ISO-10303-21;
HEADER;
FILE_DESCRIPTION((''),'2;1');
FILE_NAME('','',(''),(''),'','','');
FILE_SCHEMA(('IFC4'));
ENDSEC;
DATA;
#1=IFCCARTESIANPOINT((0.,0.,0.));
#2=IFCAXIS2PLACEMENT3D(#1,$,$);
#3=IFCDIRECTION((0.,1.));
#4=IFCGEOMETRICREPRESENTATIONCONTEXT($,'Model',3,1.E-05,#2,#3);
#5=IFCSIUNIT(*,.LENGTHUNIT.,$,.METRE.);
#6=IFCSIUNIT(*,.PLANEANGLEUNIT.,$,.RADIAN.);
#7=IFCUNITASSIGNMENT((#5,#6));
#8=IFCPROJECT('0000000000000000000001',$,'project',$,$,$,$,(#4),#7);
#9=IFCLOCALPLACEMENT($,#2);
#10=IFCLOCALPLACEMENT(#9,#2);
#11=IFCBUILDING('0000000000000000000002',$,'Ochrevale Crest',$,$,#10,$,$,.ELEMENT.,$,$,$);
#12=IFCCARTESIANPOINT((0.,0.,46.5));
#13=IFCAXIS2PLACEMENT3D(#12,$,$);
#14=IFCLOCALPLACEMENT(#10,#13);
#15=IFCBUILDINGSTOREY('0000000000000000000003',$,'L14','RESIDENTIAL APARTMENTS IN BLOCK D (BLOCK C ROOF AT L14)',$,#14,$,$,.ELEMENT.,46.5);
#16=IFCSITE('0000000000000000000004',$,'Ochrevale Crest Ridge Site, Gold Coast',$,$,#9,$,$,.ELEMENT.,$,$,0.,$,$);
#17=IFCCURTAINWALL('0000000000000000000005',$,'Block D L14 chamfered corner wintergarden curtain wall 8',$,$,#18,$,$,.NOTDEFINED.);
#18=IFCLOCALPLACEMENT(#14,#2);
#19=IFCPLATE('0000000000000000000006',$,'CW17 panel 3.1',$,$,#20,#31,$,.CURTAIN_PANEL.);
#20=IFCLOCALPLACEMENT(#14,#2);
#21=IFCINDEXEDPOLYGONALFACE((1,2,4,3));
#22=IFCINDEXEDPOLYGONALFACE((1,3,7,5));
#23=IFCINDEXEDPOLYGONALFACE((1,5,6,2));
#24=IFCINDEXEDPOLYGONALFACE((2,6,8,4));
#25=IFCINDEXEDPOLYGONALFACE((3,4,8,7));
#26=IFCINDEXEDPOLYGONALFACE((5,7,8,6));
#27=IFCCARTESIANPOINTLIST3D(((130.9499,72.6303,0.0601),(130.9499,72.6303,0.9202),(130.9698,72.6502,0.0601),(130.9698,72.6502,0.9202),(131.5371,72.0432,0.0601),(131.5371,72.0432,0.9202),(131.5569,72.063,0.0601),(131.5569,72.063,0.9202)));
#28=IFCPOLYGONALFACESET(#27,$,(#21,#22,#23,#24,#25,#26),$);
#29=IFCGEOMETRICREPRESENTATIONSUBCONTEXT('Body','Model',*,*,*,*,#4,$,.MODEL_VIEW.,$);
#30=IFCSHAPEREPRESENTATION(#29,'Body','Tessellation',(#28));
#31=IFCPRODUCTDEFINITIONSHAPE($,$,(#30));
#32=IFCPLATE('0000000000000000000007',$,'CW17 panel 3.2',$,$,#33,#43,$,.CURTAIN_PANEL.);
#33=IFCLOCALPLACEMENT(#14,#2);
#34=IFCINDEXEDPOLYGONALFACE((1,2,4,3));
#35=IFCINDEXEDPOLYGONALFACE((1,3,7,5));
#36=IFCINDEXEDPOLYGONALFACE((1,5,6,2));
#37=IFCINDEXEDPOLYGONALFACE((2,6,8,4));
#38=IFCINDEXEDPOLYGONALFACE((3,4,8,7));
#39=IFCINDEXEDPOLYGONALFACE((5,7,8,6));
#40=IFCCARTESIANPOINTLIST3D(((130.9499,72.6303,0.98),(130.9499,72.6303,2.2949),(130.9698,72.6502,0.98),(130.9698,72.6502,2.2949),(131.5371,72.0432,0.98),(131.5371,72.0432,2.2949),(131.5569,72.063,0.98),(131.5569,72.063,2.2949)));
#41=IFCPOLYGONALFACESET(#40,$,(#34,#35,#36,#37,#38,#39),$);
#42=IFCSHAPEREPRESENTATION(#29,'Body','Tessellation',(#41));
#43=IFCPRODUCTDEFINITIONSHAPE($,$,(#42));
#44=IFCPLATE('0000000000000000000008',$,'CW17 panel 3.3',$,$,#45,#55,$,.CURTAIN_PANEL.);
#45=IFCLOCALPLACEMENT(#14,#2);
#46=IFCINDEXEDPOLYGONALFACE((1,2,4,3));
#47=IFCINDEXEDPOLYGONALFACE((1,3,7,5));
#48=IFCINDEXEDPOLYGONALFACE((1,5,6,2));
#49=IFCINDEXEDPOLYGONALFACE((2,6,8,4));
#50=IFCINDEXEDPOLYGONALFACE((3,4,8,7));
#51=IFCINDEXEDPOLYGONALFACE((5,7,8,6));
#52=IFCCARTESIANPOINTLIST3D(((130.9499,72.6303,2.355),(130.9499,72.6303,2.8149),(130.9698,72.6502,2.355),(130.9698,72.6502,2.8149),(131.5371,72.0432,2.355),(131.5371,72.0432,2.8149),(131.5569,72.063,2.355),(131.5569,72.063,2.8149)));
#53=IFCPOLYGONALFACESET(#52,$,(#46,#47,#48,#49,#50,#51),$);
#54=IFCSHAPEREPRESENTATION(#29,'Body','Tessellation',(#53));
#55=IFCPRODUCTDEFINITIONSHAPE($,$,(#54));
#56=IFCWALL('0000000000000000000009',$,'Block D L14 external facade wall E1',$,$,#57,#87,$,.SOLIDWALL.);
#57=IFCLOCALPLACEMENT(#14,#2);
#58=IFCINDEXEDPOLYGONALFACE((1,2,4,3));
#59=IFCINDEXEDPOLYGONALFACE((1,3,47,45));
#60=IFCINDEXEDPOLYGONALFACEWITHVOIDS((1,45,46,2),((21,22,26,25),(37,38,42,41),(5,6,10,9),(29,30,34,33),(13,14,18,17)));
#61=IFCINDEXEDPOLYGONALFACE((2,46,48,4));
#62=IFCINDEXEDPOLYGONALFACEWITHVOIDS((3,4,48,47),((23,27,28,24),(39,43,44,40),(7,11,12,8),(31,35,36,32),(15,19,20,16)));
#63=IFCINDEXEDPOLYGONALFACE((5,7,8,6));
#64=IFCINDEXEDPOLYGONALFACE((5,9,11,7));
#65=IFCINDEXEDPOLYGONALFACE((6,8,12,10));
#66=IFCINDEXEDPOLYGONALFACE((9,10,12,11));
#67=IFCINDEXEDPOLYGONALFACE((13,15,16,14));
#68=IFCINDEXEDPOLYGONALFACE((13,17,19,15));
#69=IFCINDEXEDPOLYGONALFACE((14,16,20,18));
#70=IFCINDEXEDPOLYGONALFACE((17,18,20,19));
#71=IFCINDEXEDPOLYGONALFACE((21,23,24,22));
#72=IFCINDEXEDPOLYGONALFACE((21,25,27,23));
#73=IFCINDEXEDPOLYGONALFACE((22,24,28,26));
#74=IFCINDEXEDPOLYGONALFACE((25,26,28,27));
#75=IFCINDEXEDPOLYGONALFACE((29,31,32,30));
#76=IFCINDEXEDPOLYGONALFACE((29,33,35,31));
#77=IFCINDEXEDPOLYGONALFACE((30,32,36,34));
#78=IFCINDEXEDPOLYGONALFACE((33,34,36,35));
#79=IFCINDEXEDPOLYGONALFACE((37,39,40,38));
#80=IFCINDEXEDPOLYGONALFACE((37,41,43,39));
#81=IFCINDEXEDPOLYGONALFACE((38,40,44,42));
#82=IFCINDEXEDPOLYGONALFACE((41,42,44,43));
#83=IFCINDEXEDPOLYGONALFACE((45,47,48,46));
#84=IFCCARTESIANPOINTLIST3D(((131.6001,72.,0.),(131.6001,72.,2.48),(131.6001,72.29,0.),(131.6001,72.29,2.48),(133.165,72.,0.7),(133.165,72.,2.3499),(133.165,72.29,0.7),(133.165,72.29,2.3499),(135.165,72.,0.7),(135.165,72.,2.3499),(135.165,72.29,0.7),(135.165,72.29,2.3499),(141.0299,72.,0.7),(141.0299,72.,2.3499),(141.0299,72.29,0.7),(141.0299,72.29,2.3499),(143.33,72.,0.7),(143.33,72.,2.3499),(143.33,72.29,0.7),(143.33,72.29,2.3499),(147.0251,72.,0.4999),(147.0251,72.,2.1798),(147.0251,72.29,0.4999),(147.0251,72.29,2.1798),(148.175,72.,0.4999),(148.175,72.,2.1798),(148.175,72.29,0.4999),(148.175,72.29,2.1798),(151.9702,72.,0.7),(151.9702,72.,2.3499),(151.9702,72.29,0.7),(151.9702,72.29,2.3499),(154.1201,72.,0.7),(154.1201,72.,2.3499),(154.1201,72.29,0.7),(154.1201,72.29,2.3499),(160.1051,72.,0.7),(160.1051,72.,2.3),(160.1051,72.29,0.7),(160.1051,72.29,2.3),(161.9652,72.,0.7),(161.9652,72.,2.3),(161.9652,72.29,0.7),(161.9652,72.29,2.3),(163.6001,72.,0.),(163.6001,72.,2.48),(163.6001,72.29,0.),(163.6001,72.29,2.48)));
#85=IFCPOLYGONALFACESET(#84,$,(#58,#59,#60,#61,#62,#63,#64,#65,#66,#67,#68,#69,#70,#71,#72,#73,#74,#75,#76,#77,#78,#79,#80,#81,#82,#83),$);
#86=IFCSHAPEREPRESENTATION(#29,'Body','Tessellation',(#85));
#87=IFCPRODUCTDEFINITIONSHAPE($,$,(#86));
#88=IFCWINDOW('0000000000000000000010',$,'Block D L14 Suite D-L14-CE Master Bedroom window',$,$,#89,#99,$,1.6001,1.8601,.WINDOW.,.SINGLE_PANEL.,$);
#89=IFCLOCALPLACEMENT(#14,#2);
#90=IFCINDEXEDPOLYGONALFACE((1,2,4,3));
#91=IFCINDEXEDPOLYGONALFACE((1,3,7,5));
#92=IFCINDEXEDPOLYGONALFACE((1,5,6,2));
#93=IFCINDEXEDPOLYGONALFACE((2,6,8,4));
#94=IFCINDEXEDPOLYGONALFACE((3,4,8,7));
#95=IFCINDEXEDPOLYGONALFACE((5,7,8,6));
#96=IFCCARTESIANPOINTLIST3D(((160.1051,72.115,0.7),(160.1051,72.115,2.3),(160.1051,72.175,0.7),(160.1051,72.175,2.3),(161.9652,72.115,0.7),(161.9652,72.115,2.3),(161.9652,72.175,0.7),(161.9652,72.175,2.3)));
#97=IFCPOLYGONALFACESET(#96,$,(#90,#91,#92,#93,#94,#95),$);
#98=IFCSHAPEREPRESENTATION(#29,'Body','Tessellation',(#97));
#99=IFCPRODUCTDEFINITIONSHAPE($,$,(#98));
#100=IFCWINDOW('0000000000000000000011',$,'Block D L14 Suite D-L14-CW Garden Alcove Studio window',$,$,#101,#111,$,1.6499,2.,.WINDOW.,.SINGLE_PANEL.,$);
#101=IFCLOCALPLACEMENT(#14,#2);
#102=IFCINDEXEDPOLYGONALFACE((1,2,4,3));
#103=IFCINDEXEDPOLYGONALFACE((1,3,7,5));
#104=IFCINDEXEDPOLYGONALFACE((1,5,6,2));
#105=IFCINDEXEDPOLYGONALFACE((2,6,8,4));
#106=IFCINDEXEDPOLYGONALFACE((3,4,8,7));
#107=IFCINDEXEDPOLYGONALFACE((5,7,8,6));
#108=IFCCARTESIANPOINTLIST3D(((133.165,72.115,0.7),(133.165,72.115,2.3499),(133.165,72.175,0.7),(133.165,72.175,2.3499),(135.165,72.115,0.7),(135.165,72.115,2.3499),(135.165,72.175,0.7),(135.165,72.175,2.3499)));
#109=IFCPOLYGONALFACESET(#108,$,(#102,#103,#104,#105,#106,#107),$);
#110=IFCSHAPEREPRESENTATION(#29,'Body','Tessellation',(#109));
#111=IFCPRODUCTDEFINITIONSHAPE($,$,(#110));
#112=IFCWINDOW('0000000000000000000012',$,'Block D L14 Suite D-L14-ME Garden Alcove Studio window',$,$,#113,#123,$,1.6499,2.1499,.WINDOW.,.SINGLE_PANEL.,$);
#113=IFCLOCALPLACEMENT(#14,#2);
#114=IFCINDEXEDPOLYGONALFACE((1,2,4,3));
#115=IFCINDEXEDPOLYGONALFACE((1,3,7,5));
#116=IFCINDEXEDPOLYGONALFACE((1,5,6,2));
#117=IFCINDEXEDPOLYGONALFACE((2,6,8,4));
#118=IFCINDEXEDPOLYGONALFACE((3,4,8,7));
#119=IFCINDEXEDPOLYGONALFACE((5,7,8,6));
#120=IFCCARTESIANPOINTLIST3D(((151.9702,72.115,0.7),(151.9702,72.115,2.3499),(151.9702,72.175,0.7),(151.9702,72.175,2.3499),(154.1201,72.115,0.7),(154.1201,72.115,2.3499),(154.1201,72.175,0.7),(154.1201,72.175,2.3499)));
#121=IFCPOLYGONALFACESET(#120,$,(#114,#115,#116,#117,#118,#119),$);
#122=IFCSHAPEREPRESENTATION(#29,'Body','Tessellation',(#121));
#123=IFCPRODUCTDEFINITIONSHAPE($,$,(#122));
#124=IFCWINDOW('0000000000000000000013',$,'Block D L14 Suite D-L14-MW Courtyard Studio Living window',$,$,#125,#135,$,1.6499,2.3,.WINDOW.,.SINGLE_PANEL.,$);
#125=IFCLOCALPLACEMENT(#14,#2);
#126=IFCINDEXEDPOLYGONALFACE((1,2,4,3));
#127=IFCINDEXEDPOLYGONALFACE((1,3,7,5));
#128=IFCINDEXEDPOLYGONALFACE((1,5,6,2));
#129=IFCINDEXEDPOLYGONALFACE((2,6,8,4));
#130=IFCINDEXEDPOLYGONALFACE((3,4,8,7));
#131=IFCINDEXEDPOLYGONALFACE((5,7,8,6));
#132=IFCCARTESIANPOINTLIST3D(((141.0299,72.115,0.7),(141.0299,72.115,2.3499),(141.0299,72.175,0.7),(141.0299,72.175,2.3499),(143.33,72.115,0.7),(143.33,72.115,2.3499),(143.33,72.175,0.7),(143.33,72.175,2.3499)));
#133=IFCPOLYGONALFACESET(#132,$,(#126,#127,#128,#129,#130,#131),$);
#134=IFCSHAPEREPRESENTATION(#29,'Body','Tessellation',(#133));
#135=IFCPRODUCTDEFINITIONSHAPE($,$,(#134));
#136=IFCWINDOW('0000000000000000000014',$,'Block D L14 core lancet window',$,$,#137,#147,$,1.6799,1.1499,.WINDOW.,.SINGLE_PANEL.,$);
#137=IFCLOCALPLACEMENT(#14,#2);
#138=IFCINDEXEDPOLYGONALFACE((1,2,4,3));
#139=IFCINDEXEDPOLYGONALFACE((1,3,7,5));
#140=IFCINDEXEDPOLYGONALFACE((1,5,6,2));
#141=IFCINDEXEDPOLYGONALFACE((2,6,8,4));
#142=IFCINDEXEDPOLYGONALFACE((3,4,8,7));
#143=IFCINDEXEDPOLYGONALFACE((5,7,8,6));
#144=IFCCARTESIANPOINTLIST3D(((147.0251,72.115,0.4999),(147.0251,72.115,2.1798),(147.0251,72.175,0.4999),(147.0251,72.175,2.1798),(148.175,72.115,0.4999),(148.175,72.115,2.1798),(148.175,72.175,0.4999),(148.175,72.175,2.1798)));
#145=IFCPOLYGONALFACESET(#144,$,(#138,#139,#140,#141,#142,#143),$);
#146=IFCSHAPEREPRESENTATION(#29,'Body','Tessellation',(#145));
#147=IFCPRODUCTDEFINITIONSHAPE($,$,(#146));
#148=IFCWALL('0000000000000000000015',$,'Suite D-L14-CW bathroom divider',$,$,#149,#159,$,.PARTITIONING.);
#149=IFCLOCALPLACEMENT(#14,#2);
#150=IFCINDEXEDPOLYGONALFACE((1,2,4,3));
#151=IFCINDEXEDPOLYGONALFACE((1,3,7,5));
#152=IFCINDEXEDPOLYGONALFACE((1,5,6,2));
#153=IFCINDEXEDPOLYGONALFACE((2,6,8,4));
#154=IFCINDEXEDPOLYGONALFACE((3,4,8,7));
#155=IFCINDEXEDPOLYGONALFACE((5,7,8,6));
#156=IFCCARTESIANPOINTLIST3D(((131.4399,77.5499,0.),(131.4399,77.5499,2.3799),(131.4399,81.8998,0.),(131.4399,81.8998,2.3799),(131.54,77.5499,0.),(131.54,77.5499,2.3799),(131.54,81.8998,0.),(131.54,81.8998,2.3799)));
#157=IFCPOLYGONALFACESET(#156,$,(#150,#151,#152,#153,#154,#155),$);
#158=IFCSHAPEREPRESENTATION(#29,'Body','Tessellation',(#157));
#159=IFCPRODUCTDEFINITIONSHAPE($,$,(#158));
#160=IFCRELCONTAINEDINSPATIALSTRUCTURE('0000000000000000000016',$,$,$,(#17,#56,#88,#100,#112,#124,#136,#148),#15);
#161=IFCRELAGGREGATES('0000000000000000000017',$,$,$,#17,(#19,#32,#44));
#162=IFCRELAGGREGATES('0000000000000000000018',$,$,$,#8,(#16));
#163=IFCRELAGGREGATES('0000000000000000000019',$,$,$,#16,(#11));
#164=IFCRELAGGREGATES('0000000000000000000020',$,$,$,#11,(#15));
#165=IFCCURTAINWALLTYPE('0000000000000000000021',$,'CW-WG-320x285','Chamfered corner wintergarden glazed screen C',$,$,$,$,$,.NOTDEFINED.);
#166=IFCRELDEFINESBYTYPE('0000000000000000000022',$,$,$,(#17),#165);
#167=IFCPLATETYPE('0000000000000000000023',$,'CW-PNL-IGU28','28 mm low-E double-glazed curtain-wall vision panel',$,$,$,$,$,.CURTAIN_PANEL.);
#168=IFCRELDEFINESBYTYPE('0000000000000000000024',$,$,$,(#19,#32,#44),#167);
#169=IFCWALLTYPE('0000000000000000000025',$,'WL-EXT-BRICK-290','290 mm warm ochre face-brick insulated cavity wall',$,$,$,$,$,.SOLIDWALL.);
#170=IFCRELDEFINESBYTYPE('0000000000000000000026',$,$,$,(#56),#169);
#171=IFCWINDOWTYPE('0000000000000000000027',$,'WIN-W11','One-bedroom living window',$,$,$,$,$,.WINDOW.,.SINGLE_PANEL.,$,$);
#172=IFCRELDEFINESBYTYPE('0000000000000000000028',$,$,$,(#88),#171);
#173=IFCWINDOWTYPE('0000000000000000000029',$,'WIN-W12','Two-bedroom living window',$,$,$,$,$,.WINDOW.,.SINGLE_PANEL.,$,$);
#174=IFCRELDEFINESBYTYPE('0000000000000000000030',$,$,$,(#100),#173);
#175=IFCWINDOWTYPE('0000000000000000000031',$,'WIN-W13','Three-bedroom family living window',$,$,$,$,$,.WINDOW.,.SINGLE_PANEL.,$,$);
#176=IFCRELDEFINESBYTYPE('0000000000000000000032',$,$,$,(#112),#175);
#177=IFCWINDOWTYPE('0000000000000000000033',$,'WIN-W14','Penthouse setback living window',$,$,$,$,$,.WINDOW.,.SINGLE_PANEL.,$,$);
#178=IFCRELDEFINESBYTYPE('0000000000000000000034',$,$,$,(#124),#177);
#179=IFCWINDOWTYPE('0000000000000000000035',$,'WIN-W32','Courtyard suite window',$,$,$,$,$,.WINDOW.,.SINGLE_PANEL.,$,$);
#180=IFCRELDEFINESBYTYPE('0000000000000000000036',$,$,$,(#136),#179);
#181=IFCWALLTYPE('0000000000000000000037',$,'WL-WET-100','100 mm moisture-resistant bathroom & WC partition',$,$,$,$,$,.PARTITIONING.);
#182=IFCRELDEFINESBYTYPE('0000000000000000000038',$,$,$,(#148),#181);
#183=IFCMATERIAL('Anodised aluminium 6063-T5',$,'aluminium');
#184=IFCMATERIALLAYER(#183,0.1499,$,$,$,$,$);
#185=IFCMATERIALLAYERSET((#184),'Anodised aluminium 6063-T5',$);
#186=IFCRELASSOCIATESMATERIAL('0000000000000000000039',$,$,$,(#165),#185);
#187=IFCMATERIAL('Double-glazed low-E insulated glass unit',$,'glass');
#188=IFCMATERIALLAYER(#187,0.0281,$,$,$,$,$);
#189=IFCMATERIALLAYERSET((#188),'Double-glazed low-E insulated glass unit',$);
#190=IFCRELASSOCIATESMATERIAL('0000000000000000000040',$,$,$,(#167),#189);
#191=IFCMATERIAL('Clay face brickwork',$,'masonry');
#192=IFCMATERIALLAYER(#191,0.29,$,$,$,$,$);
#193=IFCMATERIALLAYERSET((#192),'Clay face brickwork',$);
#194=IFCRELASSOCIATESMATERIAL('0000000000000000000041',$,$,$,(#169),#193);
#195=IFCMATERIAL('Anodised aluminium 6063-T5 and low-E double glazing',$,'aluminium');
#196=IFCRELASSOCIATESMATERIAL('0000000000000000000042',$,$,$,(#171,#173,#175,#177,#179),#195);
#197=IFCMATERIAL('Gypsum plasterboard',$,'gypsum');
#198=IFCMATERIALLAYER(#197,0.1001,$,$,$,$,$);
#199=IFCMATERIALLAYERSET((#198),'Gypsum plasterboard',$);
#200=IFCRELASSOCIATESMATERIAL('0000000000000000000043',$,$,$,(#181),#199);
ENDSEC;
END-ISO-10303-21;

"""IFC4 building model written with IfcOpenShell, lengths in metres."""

from ifc_helpers import new_model, si_unit, direction, frame, frame_2d, origin, origin_2d, place, context, subcontext, project, spatial, rectangle, extrude, material, layer, layer_set, type_object, element, fill, aggregate, save


model = new_model("IFC4")

# Units and contexts
model_context = context("Model", 3, precision=1e-05, world=origin(), true_north=direction((0.0, 1.0)))
body_context = subcontext(model_context, "Body", "Model", "MODEL_VIEW")
ifc_project = project(units=[si_unit("LENGTHUNIT", "METRE"), si_unit("PLANEANGLEUNIT", "RADIAN")], contexts=[model_context])

# Site, building, storey
site_placement = place(None, origin())
site = spatial("IfcSite", under=ifc_project, at=site_placement, Name="Ochrevale Crest Ridge Site, Gold Coast", CompositionType="ELEMENT", RefElevation=0.0)
building_placement = place(site_placement, origin())
building = spatial("IfcBuilding", under=site, at=building_placement, Name="Ochrevale Crest", CompositionType="ELEMENT")
storey_placement = place(building_placement, frame((0.0, 0.0, 46.5)))
storey = spatial("IfcBuildingStorey", under=building, at=storey_placement, Name="L14", Description="RESIDENTIAL APARTMENTS IN BLOCK D (BLOCK C ROOF AT L14)", CompositionType="ELEMENT", Elevation=46.5)

# Curtain wall, plates
ifc_material_1 = material(Name="Anodised aluminium 6063-T5", Category="aluminium")
ifc_layer_1 = layer(ifc_material_1, 0.1499)
ifc_layer_set_1 = layer_set([ifc_layer_1], Name="Anodised aluminium 6063-T5")
curtain_wall_type = type_object("IfcCurtainWallType", Name="CW-WG-320x285", Description="Chamfered corner wintergarden glazed screen C", PredefinedType="NOTDEFINED", material=ifc_layer_set_1)
curtain_wall_placement = place(storey_placement, origin())
curtain_wall = element("IfcCurtainWall", 1, at=curtain_wall_placement, inside=storey, type_object=curtain_wall_type, Name="Block D L14 chamfered corner wintergarden curtain wall 8", PredefinedType="NOTDEFINED")
ifc_material_2 = material(Name="Double-glazed low-E insulated glass unit", Category="glass")
ifc_layer_2 = layer(ifc_material_2, 0.0281)
ifc_layer_set_2 = layer_set([ifc_layer_2], Name="Double-glazed low-E insulated glass unit")
plate_type = type_object("IfcPlateType", Name="CW-PNL-IGU28", Description="28 mm low-E double-glazed curtain-wall vision panel", PredefinedType="CURTAIN_PANEL", material=ifc_layer_set_2)
plate_1_placement = place(storey_placement, frame((131.2534, 72.3467, 0.0601), z_axis=(0.0, 0.0, 1.0), x_axis=(0.707107, -0.707107, 0.0)))
plate_1 = element("IfcPlate", 2, at=plate_1_placement, type_object=plate_type, Name="CW17 panel 3.1", PredefinedType="CURTAIN_PANEL", context=body_context, shape_type="SweptSolid", body=[
    extrude(rectangle(XDim=0.8303, YDim=0.0281, at=origin_2d()), origin(), (0.0, 0.0, 1.0), 0.8601),
])
plate_2_placement = place(storey_placement, frame((131.2534, 72.3467, 0.98), z_axis=(0.0, 0.0, 1.0), x_axis=(0.707107, -0.707107, 0.0)))
plate_2 = element("IfcPlate", 3, at=plate_2_placement, type_object=plate_type, Name="CW17 panel 3.2", PredefinedType="CURTAIN_PANEL", context=body_context, shape_type="SweptSolid", body=[
    extrude(rectangle(XDim=0.8303, YDim=0.0281, at=origin_2d()), origin(), (0.0, 0.0, 1.0), 1.3149),
])
plate_3_placement = place(storey_placement, frame((131.2534, 72.3467, 2.355), z_axis=(0.0, 0.0, 1.0), x_axis=(0.707107, -0.707107, 0.0)))
plate_3 = element("IfcPlate", 4, at=plate_3_placement, type_object=plate_type, Name="CW17 panel 3.3", PredefinedType="CURTAIN_PANEL", context=body_context, shape_type="SweptSolid", body=[
    extrude(rectangle(XDim=0.8303, YDim=0.0281, at=origin_2d()), origin(), (0.0, 0.0, 1.0), 0.46),
])
aggregate(curtain_wall, [plate_1, plate_2, plate_3])

# Wall, openings, windows
ifc_material_3 = material(Name="Clay face brickwork", Category="masonry")
ifc_layer_3 = layer(ifc_material_3, 0.29)
ifc_layer_set_3 = layer_set([ifc_layer_3], Name="Clay face brickwork")
wall_type_1 = type_object("IfcWallType", Name="WL-EXT-BRICK-290", Description="290 mm warm ochre face-brick insulated cavity wall", PredefinedType="SOLIDWALL", material=ifc_layer_set_3)
wall_1_placement = place(storey_placement, frame((131.6001, 72.145, 0.0), z_axis=(0.0, 0.0, 1.0), x_axis=(1.0, 0.0, 0.0)))
wall_1 = element("IfcWall", 5, at=wall_1_placement, inside=storey, type_object=wall_type_1, Name="Block D L14 external facade wall E1", PredefinedType="SOLIDWALL", context=body_context, shape_type="SweptSolid", body=[
    extrude(rectangle(XDim=32.0, YDim=0.29, at=frame_2d((16.0, 0.0))), origin(), (0.0, 0.0, 1.0), 2.48),
])
opening_1_placement = place(wall_1_placement, frame((15.425, 0.0, 0.5)))
opening_1 = element("IfcOpeningElement", 6, at=opening_1_placement, cuts=wall_1, PredefinedType="OPENING", context=body_context, shape_type="SweptSolid", body=[
    extrude(rectangle(XDim=1.1499, YDim=1.6799, at=frame_2d((0.575, 0.8398))), frame((0.0, 0.155, 0.0), z_axis=(0.0, -1.0, 0.0), x_axis=(1.0, 0.0, 0.0)), (0.0, 0.0, 1.0), 0.3101),
])
opening_2_placement = place(wall_1_placement, frame((28.5049, 0.0, 0.7)))
opening_2 = element("IfcOpeningElement", 7, at=opening_2_placement, cuts=wall_1, PredefinedType="OPENING", context=body_context, shape_type="SweptSolid", body=[
    extrude(rectangle(XDim=1.8601, YDim=1.6001, at=frame_2d((0.9302, 0.8))), frame((0.0, 0.155, 0.0), z_axis=(0.0, -1.0, 0.0), x_axis=(1.0, 0.0, 0.0)), (0.0, 0.0, 1.0), 0.3101),
])
opening_3_placement = place(wall_1_placement, frame((1.5649, 0.0, 0.7)))
opening_3 = element("IfcOpeningElement", 8, at=opening_3_placement, cuts=wall_1, PredefinedType="OPENING", context=body_context, shape_type="SweptSolid", body=[
    extrude(rectangle(XDim=2.0, YDim=1.6499, at=frame_2d((1.0, 0.825))), frame((0.0, 0.155, 0.0), z_axis=(0.0, -1.0, 0.0), x_axis=(1.0, 0.0, 0.0)), (0.0, 0.0, 1.0), 0.3101),
])
opening_4_placement = place(wall_1_placement, frame((20.3701, 0.0, 0.7)))
opening_4 = element("IfcOpeningElement", 9, at=opening_4_placement, cuts=wall_1, PredefinedType="OPENING", context=body_context, shape_type="SweptSolid", body=[
    extrude(rectangle(XDim=2.1499, YDim=1.6499, at=frame_2d((1.075, 0.825))), frame((0.0, 0.155, 0.0), z_axis=(0.0, -1.0, 0.0), x_axis=(1.0, 0.0, 0.0)), (0.0, 0.0, 1.0), 0.3101),
])
opening_5_placement = place(wall_1_placement, frame((9.4299, 0.0, 0.7)))
opening_5 = element("IfcOpeningElement", 10, at=opening_5_placement, cuts=wall_1, PredefinedType="OPENING", context=body_context, shape_type="SweptSolid", body=[
    extrude(rectangle(XDim=2.3, YDim=1.6499, at=frame_2d((1.1499, 0.825))), frame((0.0, 0.155, 0.0), z_axis=(0.0, -1.0, 0.0), x_axis=(1.0, 0.0, 0.0)), (0.0, 0.0, 1.0), 0.3101),
])
ifc_material_4 = material(Name="Anodised aluminium 6063-T5 and low-E double glazing", Category="aluminium")
window_type_1 = type_object("IfcWindowType", Name="WIN-W11", Description="One-bedroom living window", PartitioningType="SINGLE_PANEL", PredefinedType="WINDOW", material=ifc_material_4)
window_1_placement = place(opening_2_placement, origin())
window_1 = element("IfcWindow", 11, at=window_1_placement, inside=storey, type_object=window_type_1, Name="Block D L14 Suite D-L14-CE Master Bedroom window", OverallHeight=1.6001, OverallWidth=1.8601, PartitioningType="SINGLE_PANEL", PredefinedType="WINDOW", context=body_context, shape_type="SweptSolid", body=[
    extrude(rectangle(XDim=1.8601, YDim=1.6001, at=frame_2d((0.9302, 0.8))), frame((0.0, 0.03, 0.0), z_axis=(0.0, -1.0, 0.0), x_axis=(1.0, 0.0, 0.0)), (0.0, 0.0, 1.0), 0.0601),
])
fill(opening_2, window_1)
window_type_2 = type_object("IfcWindowType", Name="WIN-W12", Description="Two-bedroom living window", PartitioningType="SINGLE_PANEL", PredefinedType="WINDOW", material=ifc_material_4)
window_2_placement = place(opening_3_placement, origin())
window_2 = element("IfcWindow", 12, at=window_2_placement, inside=storey, type_object=window_type_2, Name="Block D L14 Suite D-L14-CW Garden Alcove Studio window", OverallHeight=1.6499, OverallWidth=2.0, PartitioningType="SINGLE_PANEL", PredefinedType="WINDOW", context=body_context, shape_type="SweptSolid", body=[
    extrude(rectangle(XDim=2.0, YDim=1.6499, at=frame_2d((1.0, 0.825))), frame((0.0, 0.03, 0.0), z_axis=(0.0, -1.0, 0.0), x_axis=(1.0, 0.0, 0.0)), (0.0, 0.0, 1.0), 0.0601),
])
fill(opening_3, window_2)
window_type_3 = type_object("IfcWindowType", Name="WIN-W13", Description="Three-bedroom family living window", PartitioningType="SINGLE_PANEL", PredefinedType="WINDOW", material=ifc_material_4)
window_3_placement = place(opening_4_placement, origin())
window_3 = element("IfcWindow", 13, at=window_3_placement, inside=storey, type_object=window_type_3, Name="Block D L14 Suite D-L14-ME Garden Alcove Studio window", OverallHeight=1.6499, OverallWidth=2.1499, PartitioningType="SINGLE_PANEL", PredefinedType="WINDOW", context=body_context, shape_type="SweptSolid", body=[
    extrude(rectangle(XDim=2.1499, YDim=1.6499, at=frame_2d((1.075, 0.825))), frame((0.0, 0.03, 0.0), z_axis=(0.0, -1.0, 0.0), x_axis=(1.0, 0.0, 0.0)), (0.0, 0.0, 1.0), 0.0601),
])
fill(opening_4, window_3)
window_type_4 = type_object("IfcWindowType", Name="WIN-W14", Description="Penthouse setback living window", PartitioningType="SINGLE_PANEL", PredefinedType="WINDOW", material=ifc_material_4)
window_4_placement = place(opening_5_placement, origin())
window_4 = element("IfcWindow", 14, at=window_4_placement, inside=storey, type_object=window_type_4, Name="Block D L14 Suite D-L14-MW Courtyard Studio Living window", OverallHeight=1.6499, OverallWidth=2.3, PartitioningType="SINGLE_PANEL", PredefinedType="WINDOW", context=body_context, shape_type="SweptSolid", body=[
    extrude(rectangle(XDim=2.3, YDim=1.6499, at=frame_2d((1.1499, 0.825))), frame((0.0, 0.03, 0.0), z_axis=(0.0, -1.0, 0.0), x_axis=(1.0, 0.0, 0.0)), (0.0, 0.0, 1.0), 0.0601),
])
fill(opening_5, window_4)
window_type_5 = type_object("IfcWindowType", Name="WIN-W32", Description="Courtyard suite window", PartitioningType="SINGLE_PANEL", PredefinedType="WINDOW", material=ifc_material_4)
window_5_placement = place(opening_1_placement, origin())
window_5 = element("IfcWindow", 15, at=window_5_placement, inside=storey, type_object=window_type_5, Name="Block D L14 core lancet window", OverallHeight=1.6799, OverallWidth=1.1499, PartitioningType="SINGLE_PANEL", PredefinedType="WINDOW", context=body_context, shape_type="SweptSolid", body=[
    extrude(rectangle(XDim=1.1499, YDim=1.6799, at=frame_2d((0.575, 0.8398))), frame((0.0, 0.03, 0.0), z_axis=(0.0, -1.0, 0.0), x_axis=(1.0, 0.0, 0.0)), (0.0, 0.0, 1.0), 0.0601),
])
fill(opening_1, window_5)

# Wall
ifc_material_5 = material(Name="Gypsum plasterboard", Category="gypsum")
ifc_layer_4 = layer(ifc_material_5, 0.1001)
ifc_layer_set_4 = layer_set([ifc_layer_4], Name="Gypsum plasterboard")
wall_type_2 = type_object("IfcWallType", Name="WL-WET-100", Description="100 mm moisture-resistant bathroom & WC partition", PredefinedType="PARTITIONING", material=ifc_layer_set_4)
wall_2_placement = place(storey_placement, frame((131.49, 77.55, 0.0), z_axis=(0.0, 0.0, 1.0), x_axis=(0.0, 1.0, 0.0)))
element("IfcWall", 16, at=wall_2_placement, inside=storey, type_object=wall_type_2, Name="Suite D-L14-CW bathroom divider", PredefinedType="PARTITIONING", context=body_context, shape_type="SweptSolid", body=[
    extrude(rectangle(XDim=4.3499, YDim=0.1001, at=frame_2d((2.1748, 0.0))), origin(), (0.0, 0.0, 1.0), 2.3799),
])

save(model, "model.ifc")
